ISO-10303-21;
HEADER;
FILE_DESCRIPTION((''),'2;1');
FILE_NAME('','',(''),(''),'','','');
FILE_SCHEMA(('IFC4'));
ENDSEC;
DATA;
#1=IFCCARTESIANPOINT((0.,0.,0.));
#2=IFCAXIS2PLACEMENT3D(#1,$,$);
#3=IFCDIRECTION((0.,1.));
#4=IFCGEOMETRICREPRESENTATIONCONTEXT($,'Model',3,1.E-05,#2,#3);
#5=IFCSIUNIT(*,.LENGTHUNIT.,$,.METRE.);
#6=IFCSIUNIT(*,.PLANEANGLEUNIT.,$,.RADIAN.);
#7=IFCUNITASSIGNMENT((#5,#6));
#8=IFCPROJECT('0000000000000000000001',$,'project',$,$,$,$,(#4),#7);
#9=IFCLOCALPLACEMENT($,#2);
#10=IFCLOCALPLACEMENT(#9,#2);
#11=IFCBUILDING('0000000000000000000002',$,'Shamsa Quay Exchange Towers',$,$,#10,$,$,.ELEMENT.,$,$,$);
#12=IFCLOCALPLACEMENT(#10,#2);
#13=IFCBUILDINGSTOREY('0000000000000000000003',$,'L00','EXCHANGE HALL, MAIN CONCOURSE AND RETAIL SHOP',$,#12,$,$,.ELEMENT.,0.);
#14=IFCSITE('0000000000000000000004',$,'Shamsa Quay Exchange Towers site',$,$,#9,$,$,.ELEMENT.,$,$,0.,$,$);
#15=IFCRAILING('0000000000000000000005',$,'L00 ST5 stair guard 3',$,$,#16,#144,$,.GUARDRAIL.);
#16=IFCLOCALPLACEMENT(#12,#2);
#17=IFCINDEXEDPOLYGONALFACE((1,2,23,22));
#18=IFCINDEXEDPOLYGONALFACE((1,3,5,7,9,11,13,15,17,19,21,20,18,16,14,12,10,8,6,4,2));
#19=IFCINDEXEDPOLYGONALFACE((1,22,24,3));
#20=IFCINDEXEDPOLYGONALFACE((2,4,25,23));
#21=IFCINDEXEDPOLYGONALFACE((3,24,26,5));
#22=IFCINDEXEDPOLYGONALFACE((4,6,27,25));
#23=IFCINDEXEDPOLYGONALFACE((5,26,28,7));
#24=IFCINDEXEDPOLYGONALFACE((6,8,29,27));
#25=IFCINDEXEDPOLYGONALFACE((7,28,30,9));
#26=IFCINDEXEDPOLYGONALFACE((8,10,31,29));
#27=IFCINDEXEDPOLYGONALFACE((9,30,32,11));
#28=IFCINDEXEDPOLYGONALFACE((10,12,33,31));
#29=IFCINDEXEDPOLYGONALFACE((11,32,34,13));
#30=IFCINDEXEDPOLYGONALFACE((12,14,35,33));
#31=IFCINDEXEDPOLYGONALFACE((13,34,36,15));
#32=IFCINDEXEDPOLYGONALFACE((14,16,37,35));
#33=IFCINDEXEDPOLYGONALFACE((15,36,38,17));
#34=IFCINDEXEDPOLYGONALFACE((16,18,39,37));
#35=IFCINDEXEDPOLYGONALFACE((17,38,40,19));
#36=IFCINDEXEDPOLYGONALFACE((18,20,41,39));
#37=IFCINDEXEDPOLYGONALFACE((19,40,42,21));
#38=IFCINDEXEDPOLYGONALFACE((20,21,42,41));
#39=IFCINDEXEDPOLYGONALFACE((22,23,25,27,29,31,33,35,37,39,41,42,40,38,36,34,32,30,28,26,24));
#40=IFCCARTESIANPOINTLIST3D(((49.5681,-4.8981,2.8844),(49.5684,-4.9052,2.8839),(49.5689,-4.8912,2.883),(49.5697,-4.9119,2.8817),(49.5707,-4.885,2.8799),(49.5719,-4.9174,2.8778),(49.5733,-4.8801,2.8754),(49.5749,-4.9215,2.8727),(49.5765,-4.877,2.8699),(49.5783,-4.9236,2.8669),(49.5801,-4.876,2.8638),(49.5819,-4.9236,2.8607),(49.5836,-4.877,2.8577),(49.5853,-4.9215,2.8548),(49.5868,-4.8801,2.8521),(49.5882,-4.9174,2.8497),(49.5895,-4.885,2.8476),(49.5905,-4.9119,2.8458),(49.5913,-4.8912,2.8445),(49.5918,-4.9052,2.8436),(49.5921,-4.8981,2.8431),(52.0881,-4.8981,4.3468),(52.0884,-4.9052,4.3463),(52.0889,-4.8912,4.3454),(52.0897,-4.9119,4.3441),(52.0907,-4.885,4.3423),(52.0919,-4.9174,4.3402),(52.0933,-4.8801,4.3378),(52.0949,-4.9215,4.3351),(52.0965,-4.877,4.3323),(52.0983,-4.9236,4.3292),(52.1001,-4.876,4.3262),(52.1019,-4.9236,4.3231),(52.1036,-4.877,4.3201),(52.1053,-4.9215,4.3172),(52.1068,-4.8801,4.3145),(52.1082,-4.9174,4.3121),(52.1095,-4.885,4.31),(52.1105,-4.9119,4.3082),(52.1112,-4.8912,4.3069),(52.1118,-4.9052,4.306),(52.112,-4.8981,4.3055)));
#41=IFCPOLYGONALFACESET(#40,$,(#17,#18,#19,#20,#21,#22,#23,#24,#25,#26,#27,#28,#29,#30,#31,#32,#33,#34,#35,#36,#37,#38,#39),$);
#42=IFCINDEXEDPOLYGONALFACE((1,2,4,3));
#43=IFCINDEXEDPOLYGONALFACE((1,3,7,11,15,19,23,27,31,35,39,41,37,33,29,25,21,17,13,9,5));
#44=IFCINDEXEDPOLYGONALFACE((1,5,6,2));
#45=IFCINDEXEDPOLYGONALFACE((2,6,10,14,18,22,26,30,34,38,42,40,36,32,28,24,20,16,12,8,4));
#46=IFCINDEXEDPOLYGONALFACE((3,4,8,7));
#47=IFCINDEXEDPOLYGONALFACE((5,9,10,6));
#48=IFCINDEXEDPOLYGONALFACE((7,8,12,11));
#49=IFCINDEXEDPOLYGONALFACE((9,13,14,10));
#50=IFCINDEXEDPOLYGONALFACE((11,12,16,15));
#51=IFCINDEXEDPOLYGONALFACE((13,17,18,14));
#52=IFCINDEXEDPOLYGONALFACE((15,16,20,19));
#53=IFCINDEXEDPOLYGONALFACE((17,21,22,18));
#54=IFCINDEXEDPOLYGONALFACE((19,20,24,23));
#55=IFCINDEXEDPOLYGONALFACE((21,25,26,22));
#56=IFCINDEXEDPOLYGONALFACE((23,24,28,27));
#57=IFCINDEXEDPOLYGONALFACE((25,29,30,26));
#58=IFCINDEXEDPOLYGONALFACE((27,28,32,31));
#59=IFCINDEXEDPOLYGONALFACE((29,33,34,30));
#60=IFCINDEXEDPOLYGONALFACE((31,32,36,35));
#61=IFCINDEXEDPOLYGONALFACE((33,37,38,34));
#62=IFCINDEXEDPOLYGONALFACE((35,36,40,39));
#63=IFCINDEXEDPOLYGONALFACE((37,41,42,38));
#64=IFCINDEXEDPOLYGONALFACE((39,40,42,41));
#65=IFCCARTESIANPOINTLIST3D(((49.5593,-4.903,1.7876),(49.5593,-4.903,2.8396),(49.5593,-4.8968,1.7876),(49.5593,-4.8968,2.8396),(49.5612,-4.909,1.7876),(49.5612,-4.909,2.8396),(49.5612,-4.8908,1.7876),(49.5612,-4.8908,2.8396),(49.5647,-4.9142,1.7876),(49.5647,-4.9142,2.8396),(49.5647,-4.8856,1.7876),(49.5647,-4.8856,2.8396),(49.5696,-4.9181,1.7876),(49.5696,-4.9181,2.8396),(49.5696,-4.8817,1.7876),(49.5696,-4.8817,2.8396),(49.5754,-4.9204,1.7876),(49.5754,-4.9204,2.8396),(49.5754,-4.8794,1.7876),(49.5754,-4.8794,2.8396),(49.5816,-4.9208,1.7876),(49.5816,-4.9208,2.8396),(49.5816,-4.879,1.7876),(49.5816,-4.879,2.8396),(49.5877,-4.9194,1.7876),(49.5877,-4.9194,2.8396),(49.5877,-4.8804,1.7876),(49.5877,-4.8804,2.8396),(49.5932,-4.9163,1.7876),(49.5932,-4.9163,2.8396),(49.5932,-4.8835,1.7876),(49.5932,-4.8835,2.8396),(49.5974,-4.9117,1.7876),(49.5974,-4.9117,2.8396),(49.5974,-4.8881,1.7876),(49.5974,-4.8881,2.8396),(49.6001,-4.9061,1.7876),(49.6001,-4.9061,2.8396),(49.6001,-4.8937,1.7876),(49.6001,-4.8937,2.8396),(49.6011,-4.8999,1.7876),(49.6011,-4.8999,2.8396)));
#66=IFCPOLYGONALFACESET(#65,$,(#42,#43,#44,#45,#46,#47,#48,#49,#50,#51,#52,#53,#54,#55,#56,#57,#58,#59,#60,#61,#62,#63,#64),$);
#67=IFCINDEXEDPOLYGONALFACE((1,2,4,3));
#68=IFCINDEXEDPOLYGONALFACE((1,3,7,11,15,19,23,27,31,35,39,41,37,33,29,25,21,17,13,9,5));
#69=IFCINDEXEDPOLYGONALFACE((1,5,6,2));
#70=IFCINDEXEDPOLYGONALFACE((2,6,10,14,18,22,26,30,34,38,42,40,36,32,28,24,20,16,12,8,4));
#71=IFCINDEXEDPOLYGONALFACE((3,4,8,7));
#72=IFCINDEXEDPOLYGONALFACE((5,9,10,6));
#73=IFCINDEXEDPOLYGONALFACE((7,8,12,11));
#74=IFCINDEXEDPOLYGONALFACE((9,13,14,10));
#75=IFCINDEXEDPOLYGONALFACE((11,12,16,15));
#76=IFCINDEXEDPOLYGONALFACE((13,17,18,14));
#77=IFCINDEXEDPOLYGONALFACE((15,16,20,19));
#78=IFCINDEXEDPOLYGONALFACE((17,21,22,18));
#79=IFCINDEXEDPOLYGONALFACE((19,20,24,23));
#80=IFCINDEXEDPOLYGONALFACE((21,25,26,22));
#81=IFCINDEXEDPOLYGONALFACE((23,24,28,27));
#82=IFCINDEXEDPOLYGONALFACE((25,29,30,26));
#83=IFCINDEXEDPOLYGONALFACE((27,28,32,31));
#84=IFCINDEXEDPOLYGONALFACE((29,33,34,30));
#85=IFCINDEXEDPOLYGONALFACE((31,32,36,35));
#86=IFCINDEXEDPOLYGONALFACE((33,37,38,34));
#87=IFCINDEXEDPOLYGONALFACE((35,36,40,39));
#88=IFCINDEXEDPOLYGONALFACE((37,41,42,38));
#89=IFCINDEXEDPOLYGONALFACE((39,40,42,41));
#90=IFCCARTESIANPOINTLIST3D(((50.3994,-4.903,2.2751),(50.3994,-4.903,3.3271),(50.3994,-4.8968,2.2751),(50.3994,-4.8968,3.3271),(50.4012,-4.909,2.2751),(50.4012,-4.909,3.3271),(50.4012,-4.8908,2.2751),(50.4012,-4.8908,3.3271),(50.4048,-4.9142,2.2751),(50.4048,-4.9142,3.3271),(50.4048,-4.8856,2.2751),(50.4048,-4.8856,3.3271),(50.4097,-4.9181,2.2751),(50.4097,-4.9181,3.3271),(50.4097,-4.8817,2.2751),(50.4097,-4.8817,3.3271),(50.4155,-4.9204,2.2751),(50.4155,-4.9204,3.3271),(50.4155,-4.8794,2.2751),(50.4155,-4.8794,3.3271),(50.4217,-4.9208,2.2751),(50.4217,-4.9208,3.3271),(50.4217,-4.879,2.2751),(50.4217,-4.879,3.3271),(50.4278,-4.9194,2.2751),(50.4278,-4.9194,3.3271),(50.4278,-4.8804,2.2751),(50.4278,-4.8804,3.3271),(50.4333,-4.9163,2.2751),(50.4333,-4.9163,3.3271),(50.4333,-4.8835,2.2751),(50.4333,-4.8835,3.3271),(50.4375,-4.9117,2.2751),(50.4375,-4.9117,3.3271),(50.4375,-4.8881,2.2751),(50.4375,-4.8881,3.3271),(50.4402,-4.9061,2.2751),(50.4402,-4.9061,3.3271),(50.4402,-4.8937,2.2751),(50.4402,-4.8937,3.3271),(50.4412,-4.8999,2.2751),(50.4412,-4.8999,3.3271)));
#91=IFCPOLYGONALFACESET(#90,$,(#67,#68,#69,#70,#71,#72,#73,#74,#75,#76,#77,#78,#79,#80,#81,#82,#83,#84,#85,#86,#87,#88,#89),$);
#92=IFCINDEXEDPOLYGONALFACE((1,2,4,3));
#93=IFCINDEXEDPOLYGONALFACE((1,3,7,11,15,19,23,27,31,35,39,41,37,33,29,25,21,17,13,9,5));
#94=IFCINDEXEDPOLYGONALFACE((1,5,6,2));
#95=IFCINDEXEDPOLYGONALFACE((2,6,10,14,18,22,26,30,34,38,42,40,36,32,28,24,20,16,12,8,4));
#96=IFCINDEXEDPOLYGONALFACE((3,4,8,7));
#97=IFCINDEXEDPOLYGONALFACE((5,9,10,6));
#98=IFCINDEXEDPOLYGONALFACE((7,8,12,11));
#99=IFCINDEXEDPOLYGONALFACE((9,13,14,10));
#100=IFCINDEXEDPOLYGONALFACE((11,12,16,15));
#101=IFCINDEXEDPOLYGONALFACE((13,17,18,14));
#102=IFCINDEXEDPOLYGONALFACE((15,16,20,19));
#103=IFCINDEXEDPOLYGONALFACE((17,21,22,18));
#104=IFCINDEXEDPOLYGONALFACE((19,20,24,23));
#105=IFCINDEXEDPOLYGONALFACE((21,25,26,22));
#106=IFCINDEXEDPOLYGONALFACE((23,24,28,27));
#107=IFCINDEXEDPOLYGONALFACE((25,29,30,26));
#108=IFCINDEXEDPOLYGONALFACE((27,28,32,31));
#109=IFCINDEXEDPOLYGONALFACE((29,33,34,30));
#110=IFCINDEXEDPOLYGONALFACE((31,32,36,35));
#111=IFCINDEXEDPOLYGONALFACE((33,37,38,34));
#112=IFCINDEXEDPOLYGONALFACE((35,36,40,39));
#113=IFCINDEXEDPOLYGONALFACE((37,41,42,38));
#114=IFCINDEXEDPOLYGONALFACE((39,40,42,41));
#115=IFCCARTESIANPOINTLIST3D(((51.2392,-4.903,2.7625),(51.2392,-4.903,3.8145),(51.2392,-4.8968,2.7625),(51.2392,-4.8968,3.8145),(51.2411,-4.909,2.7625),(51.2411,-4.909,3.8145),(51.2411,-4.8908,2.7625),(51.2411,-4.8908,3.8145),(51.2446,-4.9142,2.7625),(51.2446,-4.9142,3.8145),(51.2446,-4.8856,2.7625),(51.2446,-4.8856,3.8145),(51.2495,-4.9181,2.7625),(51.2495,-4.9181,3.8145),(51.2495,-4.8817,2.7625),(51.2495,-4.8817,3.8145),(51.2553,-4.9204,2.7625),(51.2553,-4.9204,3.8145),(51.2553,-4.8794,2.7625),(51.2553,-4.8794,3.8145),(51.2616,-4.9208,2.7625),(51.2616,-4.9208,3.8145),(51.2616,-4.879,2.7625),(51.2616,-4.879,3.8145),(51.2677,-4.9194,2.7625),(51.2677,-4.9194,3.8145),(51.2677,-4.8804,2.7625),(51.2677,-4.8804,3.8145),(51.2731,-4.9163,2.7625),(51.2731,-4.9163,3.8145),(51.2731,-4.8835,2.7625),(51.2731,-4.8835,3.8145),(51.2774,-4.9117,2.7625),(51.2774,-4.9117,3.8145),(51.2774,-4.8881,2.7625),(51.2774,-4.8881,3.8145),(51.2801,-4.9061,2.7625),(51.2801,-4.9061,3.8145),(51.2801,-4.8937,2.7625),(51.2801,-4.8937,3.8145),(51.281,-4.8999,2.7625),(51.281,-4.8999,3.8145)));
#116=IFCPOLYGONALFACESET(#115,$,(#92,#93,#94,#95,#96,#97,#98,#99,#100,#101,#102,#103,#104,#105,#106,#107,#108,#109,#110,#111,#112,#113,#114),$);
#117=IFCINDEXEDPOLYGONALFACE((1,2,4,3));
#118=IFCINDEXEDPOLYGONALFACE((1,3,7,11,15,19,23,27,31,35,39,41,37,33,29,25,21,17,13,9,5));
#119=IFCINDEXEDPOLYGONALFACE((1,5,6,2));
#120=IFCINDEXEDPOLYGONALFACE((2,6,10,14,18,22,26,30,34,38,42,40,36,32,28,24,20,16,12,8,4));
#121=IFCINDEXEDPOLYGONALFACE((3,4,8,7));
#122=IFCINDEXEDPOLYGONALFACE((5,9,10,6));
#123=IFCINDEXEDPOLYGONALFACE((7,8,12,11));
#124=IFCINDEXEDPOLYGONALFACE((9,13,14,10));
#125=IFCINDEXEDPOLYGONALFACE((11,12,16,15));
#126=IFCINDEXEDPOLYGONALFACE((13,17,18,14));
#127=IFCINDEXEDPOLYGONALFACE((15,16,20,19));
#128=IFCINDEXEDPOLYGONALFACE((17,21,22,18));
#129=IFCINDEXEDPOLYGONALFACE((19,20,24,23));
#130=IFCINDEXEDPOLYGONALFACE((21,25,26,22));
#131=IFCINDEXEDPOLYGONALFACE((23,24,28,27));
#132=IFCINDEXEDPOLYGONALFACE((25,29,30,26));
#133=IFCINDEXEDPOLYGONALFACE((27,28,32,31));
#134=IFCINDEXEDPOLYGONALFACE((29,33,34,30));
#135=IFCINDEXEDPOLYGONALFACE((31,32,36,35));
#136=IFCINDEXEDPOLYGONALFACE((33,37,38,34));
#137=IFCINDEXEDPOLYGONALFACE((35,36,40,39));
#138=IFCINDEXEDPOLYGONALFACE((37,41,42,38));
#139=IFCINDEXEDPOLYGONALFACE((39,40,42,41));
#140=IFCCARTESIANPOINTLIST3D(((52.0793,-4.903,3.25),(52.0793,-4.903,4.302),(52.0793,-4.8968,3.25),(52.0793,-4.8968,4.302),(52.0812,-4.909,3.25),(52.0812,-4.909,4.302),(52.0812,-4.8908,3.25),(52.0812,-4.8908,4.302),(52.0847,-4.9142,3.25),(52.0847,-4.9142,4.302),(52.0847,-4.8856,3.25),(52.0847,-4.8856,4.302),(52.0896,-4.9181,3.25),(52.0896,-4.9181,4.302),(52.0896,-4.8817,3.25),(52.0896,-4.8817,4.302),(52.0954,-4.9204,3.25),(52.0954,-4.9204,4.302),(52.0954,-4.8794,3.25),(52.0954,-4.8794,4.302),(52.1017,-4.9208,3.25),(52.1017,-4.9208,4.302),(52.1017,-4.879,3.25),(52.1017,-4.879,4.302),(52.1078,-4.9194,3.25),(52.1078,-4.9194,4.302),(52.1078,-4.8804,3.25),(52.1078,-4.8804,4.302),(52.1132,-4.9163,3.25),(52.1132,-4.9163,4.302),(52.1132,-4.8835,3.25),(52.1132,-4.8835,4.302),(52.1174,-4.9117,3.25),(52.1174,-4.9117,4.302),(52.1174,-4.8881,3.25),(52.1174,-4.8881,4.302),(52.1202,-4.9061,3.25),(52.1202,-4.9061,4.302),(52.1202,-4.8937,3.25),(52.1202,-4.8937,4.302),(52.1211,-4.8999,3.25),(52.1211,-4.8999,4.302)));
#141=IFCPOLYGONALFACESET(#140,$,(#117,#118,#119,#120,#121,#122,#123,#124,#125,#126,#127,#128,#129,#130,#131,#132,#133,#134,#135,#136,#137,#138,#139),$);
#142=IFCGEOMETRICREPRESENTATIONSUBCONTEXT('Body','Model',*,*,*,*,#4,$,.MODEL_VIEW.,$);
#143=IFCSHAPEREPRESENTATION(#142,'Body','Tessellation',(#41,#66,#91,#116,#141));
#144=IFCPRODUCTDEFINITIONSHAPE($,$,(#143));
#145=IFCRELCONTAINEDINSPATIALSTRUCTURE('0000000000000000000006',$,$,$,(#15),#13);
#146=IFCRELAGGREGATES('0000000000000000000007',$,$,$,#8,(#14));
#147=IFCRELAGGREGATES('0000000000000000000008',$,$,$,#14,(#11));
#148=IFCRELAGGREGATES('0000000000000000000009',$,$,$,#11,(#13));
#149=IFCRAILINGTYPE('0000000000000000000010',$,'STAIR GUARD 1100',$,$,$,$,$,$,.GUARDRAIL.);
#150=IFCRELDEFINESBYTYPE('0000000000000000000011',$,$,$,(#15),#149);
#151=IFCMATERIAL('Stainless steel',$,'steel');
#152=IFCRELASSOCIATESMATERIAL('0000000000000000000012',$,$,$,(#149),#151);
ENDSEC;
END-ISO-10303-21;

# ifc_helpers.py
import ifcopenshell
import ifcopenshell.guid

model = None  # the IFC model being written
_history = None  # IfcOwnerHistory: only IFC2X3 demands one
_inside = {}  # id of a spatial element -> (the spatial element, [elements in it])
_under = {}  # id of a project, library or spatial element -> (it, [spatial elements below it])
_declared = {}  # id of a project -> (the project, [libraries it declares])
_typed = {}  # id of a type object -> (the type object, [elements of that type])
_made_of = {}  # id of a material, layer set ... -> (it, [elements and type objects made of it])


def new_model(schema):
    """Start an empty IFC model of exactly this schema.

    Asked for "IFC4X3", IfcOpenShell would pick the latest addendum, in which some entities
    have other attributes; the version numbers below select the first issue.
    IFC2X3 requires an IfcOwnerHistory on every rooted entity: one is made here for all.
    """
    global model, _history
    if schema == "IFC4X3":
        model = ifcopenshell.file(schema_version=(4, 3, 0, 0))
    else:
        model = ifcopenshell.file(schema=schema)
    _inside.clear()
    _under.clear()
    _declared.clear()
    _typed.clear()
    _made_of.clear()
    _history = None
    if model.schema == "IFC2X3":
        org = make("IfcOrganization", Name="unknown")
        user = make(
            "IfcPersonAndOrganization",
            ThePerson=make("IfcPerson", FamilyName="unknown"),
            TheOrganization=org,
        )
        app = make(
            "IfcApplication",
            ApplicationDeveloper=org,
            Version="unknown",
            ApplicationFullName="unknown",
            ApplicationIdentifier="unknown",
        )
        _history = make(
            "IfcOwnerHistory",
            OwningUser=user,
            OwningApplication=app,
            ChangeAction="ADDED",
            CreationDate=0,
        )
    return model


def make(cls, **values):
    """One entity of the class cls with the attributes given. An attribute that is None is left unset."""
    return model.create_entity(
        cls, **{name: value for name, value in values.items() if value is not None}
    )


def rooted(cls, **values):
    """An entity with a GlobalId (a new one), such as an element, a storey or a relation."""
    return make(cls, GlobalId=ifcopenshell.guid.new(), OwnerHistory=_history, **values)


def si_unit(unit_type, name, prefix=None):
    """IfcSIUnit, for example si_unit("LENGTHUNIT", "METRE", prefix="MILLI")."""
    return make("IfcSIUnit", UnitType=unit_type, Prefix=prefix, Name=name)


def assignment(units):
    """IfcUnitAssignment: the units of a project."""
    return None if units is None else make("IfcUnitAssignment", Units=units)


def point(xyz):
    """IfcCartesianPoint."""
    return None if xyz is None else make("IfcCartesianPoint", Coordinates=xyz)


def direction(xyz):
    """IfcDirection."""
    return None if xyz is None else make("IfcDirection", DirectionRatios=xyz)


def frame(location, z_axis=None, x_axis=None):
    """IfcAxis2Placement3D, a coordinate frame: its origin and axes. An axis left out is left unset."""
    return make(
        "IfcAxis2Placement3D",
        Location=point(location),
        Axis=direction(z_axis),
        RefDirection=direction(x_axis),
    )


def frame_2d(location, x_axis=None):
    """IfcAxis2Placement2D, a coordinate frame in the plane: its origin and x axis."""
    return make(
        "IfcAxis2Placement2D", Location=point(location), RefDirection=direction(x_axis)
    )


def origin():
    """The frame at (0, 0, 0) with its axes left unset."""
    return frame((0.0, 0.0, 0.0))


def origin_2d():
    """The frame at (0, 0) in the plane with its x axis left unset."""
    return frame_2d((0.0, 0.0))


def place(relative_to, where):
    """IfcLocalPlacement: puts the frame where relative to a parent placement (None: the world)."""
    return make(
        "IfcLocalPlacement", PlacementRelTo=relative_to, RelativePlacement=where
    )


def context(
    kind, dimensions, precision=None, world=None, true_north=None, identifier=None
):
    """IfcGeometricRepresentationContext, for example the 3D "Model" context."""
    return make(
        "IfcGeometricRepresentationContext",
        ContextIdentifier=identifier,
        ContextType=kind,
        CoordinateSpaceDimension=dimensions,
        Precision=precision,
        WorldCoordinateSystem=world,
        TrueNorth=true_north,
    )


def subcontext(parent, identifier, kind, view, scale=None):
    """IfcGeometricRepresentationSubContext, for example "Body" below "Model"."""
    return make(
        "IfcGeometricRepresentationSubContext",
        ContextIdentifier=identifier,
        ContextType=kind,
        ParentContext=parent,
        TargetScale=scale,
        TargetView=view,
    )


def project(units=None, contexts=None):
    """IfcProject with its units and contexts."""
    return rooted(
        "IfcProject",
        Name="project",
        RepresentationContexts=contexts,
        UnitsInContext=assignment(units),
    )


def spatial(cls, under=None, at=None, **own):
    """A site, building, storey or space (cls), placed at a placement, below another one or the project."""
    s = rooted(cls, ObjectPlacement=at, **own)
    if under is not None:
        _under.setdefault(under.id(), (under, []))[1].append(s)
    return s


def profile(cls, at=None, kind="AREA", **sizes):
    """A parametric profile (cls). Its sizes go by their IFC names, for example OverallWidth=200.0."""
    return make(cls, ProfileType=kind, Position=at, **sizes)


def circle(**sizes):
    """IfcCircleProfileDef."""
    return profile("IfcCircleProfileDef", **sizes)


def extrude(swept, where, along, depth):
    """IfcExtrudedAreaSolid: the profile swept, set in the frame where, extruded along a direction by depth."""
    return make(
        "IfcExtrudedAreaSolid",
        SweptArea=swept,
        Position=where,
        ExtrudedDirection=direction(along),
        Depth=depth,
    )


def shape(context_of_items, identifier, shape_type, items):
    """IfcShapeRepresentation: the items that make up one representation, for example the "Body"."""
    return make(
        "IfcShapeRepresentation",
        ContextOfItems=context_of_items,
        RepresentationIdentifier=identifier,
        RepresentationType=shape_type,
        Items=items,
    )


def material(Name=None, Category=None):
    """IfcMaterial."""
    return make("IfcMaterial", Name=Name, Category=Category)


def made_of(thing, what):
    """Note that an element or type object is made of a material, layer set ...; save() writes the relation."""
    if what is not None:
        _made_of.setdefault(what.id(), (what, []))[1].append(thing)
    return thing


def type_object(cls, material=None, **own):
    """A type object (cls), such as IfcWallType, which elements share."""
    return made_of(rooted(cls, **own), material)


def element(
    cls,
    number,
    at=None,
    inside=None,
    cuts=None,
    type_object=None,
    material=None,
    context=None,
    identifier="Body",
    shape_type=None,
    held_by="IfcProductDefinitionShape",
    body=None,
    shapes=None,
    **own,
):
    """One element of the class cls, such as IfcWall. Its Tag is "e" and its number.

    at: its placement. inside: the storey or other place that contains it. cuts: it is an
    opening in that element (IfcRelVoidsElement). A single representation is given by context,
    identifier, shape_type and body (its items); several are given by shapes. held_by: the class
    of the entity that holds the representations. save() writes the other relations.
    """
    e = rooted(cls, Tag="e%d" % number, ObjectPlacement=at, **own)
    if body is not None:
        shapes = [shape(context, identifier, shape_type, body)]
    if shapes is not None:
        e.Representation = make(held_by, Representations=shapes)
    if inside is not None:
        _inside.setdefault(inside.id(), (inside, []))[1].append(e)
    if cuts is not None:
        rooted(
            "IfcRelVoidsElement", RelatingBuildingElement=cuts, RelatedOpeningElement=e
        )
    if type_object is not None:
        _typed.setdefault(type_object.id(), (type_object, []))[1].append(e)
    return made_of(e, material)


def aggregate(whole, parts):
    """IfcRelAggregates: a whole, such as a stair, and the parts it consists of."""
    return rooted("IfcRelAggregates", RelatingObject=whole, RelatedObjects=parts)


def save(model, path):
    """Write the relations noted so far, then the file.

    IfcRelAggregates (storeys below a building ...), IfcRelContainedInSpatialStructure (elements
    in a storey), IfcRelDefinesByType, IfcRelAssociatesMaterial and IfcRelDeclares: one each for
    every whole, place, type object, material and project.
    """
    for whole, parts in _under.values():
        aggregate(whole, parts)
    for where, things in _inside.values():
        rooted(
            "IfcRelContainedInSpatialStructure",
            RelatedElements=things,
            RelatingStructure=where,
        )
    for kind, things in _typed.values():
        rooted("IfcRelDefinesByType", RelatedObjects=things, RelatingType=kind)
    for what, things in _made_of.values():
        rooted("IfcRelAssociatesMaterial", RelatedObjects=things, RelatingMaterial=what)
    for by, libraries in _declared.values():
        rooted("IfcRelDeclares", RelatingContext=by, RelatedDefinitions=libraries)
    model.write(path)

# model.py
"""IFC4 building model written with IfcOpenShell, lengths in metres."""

from ifc_helpers import new_model, si_unit, direction, frame, origin, origin_2d, place, context, subcontext, project, spatial, circle, extrude, material, type_object, element, save


model = new_model("IFC4")

# Units and contexts
model_context = context("Model", 3, precision=1e-05, world=origin(), true_north=direction((0.0, 1.0)))
body_context = subcontext(model_context, "Body", "Model", "MODEL_VIEW")
ifc_project = project(units=[si_unit("LENGTHUNIT", "METRE"), si_unit("PLANEANGLEUNIT", "RADIAN")], contexts=[model_context])

# Site, building, storey
site_placement = place(None, origin())
site = spatial("IfcSite", under=ifc_project, at=site_placement, Name="Shamsa Quay Exchange Towers site", CompositionType="ELEMENT", RefElevation=0.0)
building_placement = place(site_placement, origin())
building = spatial("IfcBuilding", under=site, at=building_placement, Name="Shamsa Quay Exchange Towers", CompositionType="ELEMENT")
storey_placement = place(building_placement, origin())
storey = spatial("IfcBuildingStorey", under=building, at=storey_placement, Name="L00", Description="EXCHANGE HALL, MAIN CONCOURSE AND RETAIL SHOP", CompositionType="ELEMENT", Elevation=0.0)

# Railing
ifc_material_1 = material(Name="Stainless steel", Category="steel")
railing_type_1 = type_object("IfcRailingType", Name="STAIR GUARD 1100", PredefinedType="GUARDRAIL", material=ifc_material_1)
railing_1_placement = place(storey_placement, frame((49.5801, -4.8999, 1.7876)))
element("IfcRailing", 1, at=railing_1_placement, inside=storey, type_object=railing_type_1, Name="L00 ST5 stair guard 3", PredefinedType="GUARDRAIL", context=body_context, shape_type="SweptSolid", body=[
    extrude(circle(Radius=0.0239, at=origin_2d()), frame((0.0, 0.0, 1.0762), z_axis=(0.864913, 0.0, 0.501921), x_axis=(0.0, 1.0, 0.0)), (0.0, 0.0, 1.0), 2.9136),
    extrude(circle(Radius=0.021, at=origin_2d()), origin(), (0.0, 0.0, 1.0), 1.052),
    extrude(circle(Radius=0.021, at=origin_2d()), frame((0.8401, 0.0, 0.4875)), (0.0, 0.0, 1.0), 1.052),
    extrude(circle(Radius=0.021, at=origin_2d()), frame((1.6799, 0.0, 0.9749)), (0.0, 0.0, 1.0), 1.052),
    extrude(circle(Radius=0.021, at=origin_2d()), frame((2.52, 0.0, 1.4624)), (0.0, 0.0, 1.0), 1.052),
])

save(model, "model.ifc")
